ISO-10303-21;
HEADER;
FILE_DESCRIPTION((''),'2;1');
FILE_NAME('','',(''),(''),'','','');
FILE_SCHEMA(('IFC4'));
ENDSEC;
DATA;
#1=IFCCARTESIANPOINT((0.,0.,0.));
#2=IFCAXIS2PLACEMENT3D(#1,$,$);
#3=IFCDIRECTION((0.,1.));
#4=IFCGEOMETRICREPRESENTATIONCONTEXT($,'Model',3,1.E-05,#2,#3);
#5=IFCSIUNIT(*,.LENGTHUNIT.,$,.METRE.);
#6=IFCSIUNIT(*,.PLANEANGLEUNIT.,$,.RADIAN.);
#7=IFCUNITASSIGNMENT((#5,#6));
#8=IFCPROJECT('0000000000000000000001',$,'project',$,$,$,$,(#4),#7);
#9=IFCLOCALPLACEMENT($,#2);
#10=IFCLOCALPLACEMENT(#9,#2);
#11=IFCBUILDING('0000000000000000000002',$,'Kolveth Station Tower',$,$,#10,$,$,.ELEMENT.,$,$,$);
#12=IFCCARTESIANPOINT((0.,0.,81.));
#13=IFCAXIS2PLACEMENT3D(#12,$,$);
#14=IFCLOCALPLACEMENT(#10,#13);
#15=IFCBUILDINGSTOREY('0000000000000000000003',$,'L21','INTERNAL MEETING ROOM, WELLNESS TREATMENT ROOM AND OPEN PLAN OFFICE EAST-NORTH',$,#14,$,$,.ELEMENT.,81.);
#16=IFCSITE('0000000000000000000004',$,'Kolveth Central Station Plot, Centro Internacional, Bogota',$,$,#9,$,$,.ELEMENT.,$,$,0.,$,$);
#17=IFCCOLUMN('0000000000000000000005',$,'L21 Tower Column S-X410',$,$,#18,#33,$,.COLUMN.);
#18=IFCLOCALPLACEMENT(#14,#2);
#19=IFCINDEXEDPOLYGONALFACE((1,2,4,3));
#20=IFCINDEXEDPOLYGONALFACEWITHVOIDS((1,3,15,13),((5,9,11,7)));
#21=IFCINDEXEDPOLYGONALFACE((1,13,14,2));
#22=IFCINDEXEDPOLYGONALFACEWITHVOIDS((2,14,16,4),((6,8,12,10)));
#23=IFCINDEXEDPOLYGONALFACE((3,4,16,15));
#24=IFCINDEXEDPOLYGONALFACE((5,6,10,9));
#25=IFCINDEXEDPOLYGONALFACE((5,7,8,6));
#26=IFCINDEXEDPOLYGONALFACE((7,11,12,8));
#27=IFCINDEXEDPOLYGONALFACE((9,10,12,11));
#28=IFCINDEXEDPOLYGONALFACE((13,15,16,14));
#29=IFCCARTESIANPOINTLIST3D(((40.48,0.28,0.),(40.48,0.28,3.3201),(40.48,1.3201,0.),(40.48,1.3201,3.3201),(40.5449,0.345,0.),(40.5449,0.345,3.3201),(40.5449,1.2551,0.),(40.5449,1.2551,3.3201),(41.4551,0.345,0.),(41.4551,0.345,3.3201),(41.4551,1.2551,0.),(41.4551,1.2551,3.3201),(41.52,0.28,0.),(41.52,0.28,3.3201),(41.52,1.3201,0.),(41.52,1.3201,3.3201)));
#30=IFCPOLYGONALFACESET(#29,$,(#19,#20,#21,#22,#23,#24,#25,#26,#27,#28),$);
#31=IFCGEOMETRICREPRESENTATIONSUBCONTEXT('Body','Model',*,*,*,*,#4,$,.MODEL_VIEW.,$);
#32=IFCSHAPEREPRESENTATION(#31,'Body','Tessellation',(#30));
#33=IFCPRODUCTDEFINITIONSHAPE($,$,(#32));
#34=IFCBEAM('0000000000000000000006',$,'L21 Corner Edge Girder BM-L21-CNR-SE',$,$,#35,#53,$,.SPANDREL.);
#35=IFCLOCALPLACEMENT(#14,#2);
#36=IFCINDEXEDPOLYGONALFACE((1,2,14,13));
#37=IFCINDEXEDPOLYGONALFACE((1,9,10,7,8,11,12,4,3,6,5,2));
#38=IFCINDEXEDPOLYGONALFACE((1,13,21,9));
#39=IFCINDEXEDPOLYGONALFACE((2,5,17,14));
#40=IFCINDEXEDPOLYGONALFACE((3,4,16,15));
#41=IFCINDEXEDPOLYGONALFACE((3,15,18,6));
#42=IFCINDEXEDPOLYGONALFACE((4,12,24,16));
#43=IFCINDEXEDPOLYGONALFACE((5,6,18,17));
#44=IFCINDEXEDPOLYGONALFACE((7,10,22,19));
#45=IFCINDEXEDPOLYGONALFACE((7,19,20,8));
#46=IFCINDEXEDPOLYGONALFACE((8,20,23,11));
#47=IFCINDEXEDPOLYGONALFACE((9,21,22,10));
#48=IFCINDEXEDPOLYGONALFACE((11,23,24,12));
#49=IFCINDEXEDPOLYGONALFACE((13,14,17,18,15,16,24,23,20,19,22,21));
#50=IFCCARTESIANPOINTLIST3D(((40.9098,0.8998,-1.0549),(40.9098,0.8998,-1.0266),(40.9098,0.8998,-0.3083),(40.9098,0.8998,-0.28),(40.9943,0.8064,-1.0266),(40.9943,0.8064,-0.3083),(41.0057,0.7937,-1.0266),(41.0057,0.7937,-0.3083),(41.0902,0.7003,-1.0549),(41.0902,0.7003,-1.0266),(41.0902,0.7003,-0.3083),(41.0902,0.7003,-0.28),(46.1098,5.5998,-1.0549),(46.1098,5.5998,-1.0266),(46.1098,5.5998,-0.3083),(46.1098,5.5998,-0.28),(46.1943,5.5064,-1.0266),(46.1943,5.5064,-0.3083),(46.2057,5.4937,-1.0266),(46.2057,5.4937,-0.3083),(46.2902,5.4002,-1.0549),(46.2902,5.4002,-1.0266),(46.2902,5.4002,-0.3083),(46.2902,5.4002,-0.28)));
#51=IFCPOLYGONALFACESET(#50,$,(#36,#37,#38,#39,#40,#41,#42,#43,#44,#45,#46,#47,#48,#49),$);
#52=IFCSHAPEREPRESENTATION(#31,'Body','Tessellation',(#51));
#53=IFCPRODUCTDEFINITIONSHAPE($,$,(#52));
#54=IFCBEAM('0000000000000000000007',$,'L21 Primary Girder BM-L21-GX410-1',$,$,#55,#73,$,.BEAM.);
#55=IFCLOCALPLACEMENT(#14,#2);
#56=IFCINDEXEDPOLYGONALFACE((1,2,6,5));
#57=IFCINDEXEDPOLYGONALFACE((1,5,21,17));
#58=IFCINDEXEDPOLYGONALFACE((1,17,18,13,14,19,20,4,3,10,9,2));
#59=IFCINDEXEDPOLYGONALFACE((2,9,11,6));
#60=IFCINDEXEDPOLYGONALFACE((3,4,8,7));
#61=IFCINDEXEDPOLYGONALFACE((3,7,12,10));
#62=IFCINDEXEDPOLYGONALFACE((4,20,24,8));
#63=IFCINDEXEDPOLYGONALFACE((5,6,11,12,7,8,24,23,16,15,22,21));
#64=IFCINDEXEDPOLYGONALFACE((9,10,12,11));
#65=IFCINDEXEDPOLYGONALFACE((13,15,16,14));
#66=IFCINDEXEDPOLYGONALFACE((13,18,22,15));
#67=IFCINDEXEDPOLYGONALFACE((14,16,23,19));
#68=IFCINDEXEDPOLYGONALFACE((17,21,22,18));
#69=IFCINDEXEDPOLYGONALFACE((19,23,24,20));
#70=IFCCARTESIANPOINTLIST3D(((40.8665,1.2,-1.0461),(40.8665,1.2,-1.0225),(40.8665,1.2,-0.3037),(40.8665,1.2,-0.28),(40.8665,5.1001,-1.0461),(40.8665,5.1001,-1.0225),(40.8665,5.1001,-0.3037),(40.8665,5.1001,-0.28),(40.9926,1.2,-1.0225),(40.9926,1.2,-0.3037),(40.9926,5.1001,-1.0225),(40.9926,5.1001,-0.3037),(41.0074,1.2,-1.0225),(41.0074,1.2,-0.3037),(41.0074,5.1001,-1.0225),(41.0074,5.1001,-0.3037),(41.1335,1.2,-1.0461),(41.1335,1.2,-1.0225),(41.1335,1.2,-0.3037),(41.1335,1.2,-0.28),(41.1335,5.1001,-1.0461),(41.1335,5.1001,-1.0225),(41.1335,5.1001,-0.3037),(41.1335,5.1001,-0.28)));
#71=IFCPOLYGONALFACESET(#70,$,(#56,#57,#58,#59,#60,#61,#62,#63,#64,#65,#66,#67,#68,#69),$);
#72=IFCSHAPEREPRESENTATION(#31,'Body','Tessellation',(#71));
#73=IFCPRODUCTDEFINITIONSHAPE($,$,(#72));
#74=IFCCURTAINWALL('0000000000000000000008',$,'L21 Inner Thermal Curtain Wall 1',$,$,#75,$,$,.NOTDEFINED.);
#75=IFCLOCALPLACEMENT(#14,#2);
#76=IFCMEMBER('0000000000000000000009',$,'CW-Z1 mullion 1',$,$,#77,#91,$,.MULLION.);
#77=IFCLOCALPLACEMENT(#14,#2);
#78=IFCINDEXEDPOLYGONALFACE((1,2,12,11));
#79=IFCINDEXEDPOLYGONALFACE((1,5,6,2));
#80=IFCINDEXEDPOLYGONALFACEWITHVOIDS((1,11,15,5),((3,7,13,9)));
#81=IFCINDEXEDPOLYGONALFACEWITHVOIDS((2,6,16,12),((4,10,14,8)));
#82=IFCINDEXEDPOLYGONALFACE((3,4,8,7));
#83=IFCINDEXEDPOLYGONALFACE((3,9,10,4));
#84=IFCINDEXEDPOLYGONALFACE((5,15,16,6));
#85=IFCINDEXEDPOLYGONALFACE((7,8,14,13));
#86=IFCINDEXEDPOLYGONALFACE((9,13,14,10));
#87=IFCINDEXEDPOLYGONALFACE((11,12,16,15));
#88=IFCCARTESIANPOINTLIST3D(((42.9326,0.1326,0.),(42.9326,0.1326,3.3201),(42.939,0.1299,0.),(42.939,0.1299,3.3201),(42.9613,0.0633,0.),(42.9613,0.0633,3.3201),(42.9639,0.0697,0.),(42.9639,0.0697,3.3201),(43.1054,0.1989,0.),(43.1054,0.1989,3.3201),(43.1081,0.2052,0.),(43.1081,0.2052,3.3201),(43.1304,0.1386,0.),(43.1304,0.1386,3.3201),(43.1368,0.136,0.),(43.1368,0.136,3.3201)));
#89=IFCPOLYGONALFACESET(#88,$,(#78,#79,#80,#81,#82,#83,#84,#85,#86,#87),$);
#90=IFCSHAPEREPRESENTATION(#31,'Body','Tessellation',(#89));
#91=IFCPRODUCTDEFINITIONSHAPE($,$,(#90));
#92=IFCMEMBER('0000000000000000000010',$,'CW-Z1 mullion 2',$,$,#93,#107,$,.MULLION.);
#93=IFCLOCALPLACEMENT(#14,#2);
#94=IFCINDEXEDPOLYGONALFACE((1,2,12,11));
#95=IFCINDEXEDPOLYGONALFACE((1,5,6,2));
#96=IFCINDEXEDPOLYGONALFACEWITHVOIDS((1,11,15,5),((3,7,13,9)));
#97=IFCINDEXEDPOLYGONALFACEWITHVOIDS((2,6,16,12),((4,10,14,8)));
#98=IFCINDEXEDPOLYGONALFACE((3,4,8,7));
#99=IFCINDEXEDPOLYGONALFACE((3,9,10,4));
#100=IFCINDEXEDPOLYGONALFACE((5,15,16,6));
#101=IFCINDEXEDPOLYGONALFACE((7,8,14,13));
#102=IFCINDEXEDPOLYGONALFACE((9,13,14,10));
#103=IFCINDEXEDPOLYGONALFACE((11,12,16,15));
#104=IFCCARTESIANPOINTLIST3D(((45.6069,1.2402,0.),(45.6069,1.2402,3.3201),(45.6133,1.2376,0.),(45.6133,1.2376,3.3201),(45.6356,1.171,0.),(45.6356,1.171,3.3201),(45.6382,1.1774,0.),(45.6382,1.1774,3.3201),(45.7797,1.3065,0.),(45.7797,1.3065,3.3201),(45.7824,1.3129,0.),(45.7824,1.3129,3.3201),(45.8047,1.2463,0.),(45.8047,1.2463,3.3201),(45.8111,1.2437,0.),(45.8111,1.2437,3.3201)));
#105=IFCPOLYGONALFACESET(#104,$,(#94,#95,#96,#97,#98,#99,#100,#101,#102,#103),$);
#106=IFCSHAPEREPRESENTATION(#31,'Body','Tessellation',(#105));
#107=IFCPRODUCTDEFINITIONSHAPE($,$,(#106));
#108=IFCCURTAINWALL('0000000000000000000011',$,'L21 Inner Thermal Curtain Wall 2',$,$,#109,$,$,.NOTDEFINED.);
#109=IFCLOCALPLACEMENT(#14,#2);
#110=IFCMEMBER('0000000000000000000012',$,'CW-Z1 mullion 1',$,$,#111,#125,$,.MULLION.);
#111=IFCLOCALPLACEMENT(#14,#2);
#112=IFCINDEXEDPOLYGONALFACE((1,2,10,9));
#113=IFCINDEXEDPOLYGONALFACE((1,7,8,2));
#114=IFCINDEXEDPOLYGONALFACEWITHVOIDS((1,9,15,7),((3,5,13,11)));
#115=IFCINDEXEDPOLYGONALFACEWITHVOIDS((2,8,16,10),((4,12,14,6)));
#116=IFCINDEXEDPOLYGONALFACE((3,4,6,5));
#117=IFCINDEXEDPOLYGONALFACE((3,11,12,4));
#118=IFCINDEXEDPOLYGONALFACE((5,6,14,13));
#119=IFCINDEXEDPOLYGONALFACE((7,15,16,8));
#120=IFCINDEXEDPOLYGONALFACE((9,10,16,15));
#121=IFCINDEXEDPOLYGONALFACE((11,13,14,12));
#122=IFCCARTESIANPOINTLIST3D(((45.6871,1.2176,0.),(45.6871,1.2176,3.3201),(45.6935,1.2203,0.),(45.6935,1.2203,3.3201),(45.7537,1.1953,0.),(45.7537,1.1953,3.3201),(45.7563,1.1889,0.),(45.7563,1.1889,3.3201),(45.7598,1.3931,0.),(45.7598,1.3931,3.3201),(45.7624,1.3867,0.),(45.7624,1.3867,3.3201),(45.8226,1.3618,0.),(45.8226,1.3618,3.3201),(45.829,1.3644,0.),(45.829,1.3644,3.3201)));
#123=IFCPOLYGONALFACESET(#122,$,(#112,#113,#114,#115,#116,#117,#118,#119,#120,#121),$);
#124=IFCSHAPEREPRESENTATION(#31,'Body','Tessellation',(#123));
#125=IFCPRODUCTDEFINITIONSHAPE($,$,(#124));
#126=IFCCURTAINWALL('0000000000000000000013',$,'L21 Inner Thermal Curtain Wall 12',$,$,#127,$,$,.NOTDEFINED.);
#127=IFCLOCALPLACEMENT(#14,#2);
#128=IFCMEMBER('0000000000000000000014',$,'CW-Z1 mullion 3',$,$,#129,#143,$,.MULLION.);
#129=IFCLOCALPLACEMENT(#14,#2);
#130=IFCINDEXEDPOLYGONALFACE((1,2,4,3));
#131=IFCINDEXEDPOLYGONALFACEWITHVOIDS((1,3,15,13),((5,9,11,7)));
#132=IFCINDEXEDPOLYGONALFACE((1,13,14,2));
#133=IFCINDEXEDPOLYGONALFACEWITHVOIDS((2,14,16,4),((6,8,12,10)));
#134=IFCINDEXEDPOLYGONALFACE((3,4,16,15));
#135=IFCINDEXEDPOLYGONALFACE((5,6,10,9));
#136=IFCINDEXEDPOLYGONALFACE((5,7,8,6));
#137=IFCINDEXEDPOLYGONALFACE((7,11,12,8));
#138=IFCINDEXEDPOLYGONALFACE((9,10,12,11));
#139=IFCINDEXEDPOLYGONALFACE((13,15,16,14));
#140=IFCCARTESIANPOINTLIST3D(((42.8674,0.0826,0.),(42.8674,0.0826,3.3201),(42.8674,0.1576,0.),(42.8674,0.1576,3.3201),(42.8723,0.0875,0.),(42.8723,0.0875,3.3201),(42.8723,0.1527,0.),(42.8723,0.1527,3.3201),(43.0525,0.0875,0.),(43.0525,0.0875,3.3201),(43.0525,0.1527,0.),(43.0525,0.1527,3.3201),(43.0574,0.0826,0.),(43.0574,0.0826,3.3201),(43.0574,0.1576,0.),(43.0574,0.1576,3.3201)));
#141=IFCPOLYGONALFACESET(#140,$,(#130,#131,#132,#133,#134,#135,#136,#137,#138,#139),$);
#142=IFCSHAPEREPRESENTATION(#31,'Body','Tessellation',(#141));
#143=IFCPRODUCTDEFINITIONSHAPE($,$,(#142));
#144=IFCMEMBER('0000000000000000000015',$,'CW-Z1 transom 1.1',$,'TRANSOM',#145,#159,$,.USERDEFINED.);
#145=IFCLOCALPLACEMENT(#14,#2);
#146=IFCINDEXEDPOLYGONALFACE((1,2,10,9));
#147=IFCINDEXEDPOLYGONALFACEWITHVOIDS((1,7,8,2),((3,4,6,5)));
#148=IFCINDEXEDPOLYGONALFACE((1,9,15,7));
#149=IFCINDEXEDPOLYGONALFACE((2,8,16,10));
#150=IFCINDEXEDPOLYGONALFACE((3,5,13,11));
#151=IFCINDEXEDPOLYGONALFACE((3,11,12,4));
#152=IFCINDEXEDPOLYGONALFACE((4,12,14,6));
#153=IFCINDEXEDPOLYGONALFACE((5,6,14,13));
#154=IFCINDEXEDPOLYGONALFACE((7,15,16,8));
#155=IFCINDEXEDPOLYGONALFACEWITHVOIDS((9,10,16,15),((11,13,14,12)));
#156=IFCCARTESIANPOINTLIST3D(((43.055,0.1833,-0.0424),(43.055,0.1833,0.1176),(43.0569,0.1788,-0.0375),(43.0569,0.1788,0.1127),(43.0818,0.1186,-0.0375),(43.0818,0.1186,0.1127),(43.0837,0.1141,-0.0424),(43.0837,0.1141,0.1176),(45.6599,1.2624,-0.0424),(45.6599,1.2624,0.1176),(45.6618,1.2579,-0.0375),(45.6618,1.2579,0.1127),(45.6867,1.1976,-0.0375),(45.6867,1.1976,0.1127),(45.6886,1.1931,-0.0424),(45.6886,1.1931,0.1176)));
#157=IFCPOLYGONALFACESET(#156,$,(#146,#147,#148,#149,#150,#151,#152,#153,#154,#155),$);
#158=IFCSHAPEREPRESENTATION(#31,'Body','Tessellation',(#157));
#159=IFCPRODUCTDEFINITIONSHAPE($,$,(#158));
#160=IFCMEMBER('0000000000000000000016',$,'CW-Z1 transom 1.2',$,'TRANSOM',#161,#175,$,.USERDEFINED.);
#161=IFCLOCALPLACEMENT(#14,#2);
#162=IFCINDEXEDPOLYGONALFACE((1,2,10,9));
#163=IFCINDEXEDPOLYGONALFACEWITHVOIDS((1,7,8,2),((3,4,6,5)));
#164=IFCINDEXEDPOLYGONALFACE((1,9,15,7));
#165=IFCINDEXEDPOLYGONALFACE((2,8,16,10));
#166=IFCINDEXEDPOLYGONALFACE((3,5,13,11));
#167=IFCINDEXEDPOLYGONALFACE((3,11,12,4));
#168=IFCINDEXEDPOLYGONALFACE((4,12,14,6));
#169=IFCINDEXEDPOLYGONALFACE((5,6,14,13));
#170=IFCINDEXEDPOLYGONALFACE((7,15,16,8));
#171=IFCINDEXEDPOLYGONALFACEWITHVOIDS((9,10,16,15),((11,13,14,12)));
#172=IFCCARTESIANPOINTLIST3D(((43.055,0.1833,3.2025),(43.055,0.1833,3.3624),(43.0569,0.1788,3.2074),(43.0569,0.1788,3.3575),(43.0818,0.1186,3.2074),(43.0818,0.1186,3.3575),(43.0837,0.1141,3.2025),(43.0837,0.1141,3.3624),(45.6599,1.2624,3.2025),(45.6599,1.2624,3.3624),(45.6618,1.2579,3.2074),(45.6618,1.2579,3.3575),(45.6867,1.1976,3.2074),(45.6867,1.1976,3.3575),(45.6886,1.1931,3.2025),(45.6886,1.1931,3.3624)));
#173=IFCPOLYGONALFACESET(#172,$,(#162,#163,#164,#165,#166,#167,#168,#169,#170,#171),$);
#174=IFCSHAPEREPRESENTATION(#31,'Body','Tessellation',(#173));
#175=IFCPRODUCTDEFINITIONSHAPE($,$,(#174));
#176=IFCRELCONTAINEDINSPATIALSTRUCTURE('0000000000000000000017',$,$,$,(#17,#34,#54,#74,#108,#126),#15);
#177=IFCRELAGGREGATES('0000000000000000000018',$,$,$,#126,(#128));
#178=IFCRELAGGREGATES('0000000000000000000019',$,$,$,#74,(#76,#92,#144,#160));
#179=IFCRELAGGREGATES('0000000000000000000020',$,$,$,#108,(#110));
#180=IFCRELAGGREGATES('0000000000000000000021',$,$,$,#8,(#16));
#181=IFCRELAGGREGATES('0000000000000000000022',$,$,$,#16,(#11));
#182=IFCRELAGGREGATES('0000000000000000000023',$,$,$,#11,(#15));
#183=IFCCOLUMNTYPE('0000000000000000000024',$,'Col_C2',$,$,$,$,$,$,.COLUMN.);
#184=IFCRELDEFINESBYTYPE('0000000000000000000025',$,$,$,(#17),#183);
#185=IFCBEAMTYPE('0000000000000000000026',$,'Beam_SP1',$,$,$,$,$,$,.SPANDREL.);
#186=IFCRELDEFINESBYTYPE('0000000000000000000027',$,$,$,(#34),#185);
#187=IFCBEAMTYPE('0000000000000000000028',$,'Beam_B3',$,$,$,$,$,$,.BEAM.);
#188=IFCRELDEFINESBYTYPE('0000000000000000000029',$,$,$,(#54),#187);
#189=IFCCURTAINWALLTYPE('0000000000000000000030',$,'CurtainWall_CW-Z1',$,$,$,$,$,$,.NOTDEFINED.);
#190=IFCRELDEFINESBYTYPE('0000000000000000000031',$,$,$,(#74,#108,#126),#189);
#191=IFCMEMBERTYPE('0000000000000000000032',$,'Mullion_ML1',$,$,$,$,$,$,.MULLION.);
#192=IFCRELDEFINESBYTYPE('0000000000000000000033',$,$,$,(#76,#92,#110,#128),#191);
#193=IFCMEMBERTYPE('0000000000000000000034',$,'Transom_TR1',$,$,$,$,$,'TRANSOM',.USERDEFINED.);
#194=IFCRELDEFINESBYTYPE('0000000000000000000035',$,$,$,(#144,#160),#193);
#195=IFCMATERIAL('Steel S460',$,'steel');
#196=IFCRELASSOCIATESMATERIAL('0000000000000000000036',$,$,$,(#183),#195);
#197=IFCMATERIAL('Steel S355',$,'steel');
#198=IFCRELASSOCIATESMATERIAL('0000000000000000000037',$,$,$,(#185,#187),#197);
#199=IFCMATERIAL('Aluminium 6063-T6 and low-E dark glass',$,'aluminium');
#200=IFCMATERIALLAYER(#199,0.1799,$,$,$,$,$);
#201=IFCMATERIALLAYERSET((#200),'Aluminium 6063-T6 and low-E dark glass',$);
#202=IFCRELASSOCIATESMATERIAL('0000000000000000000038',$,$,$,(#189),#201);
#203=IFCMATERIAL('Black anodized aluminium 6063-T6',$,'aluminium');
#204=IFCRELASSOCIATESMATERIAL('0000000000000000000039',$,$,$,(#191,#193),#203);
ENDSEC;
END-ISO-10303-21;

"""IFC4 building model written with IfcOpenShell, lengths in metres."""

from ifc_helpers import new_model, si_unit, direction, frame, origin, origin_2d, place, context, subcontext, project, spatial, hollow_rectangle, i_section, extrude, source, transform, mapped, material, layer, layer_set, material_profile, profile_set, type_object, element, aggregate, save


model = new_model("IFC4")

# Units and contexts
model_context = context("Model", 3, precision=1e-05, world=origin(), true_north=direction((0.0, 1.0)))
body_context = subcontext(model_context, "Body", "Model", "MODEL_VIEW")
ifc_project = project(units=[si_unit("LENGTHUNIT", "METRE"), si_unit("PLANEANGLEUNIT", "RADIAN")], contexts=[model_context])

# Site, building, storey
site_placement = place(None, origin())
site = spatial("IfcSite", under=ifc_project, at=site_placement, Name="Kolveth Central Station Plot, Centro Internacional, Bogota", CompositionType="ELEMENT", RefElevation=0.0)
building_placement = place(site_placement, origin())
building = spatial("IfcBuilding", under=site, at=building_placement, Name="Kolveth Station Tower", CompositionType="ELEMENT")
storey_placement = place(building_placement, frame((0.0, 0.0, 81.0)))
storey = spatial("IfcBuildingStorey", under=building, at=storey_placement, Name="L21", Description="INTERNAL MEETING ROOM, WELLNESS TREATMENT ROOM AND OPEN PLAN OFFICE EAST-NORTH", CompositionType="ELEMENT", Elevation=81.0)

# Column
ifc_material_1 = material(Name="Steel S460", Category="steel")
ifc_material_profile_1 = material_profile(ifc_material_1, hollow_rectangle(XDim=1.04, YDim=1.04, WallThickness=0.0649, at=origin_2d()), Name="BOX1040x1040x65")
ifc_profile_set_1 = profile_set([ifc_material_profile_1], Name="Steel S460")
column_type = type_object("IfcColumnType", Name="Col_C2", PredefinedType="COLUMN", material=ifc_profile_set_1)
shared_shape_1 = source(origin(), body_context, "Body", "SweptSolid", [
    extrude(hollow_rectangle(XDim=1.04, YDim=1.04, WallThickness=0.0649, at=origin_2d()), origin(), (0.0, 0.0, 1.0), 3.3201),
])
column_placement = place(storey_placement, frame((41.0, 0.8, 0.0), z_axis=(0.0, 0.0, 1.0), x_axis=(1.0, 0.0, 0.0)))
element("IfcColumn", 1, at=column_placement, inside=storey, type_object=column_type, Name="L21 Tower Column S-X410", PredefinedType="COLUMN", context=body_context, shape_type="MappedRepresentation", body=[
    mapped(shared_shape_1, transform((0.0, 0.0, 0.0), x_axis=(1.0, 0.0, 0.0), y_axis=(0.0, 1.0, 0.0), z_axis=(0.0, 0.0, 1.0), scale=1.0)),
])

# Beams
ifc_material_2 = material(Name="Steel S355", Category="steel")
ifc_material_profile_2 = material_profile(ifc_material_2, i_section(OverallWidth=0.269, OverallDepth=0.7749, WebThickness=0.0171, FlangeThickness=0.0283, at=origin_2d()), Name="W760x220")
ifc_profile_set_2 = profile_set([ifc_material_profile_2], Name="Steel S355")
beam_type_1 = type_object("IfcBeamType", Name="Beam_SP1", PredefinedType="SPANDREL", material=ifc_profile_set_2)
shared_shape_2 = source(origin(), body_context, "Body", "SweptSolid", [
    extrude(i_section(OverallWidth=0.269, OverallDepth=0.7749, WebThickness=0.0171, FlangeThickness=0.0283, at=origin_2d()), origin(), (0.0, 0.0, 1.0), 7.0093),
])
beam_1_placement = place(storey_placement, frame((41.0, 0.8, -0.6675), z_axis=(0.741874, 0.670539, 0.0), x_axis=(-0.670539, 0.741874, 0.0)))
element("IfcBeam", 2, at=beam_1_placement, inside=storey, type_object=beam_type_1, Name="L21 Corner Edge Girder BM-L21-CNR-SE", PredefinedType="SPANDREL", context=body_context, shape_type="MappedRepresentation", body=[
    mapped(shared_shape_2, transform((0.0, 0.0, 0.0), x_axis=(1.0, 0.0, 0.0), y_axis=(0.0, 1.0, 0.0), z_axis=(0.0, 0.0, 1.0), scale=1.0)),
])
ifc_material_profile_3 = material_profile(ifc_material_2, i_section(OverallWidth=0.2671, OverallDepth=0.7661, WebThickness=0.0149, FlangeThickness=0.0237, at=origin_2d()), Name="W760x185")
ifc_profile_set_3 = profile_set([ifc_material_profile_3], Name="Steel S355")
beam_type_2 = type_object("IfcBeamType", Name="Beam_B3", PredefinedType="BEAM", material=ifc_profile_set_3)
shared_shape_3 = source(origin(), body_context, "Body", "SweptSolid", [
    extrude(i_section(OverallWidth=0.2671, OverallDepth=0.7661, WebThickness=0.0149, FlangeThickness=0.0237, at=origin_2d()), origin(), (0.0, 0.0, 1.0), 3.9001),
])
beam_2_placement = place(storey_placement, frame((41.0, 1.2, -0.6631), z_axis=(0.0, 1.0, 0.0), x_axis=(-1.0, 0.0, 0.0)))
element("IfcBeam", 3, at=beam_2_placement, inside=storey, type_object=beam_type_2, Name="L21 Primary Girder BM-L21-GX410-1", PredefinedType="BEAM", context=body_context, shape_type="MappedRepresentation", body=[
    mapped(shared_shape_3, transform((0.0, 0.0, 0.0), x_axis=(1.0, 0.0, 0.0), y_axis=(0.0, 1.0, 0.0), z_axis=(0.0, 0.0, 1.0), scale=1.0)),
])

# Curtain wall, members
ifc_material_3 = material(Name="Aluminium 6063-T6 and low-E dark glass", Category="aluminium")
ifc_layer_1 = layer(ifc_material_3, 0.1799)
ifc_layer_set_1 = layer_set([ifc_layer_1], Name="Aluminium 6063-T6 and low-E dark glass")
curtain_wall_type_1 = type_object("IfcCurtainWallType", Name="CurtainWall_CW-Z1", PredefinedType="NOTDEFINED", material=ifc_layer_set_1)
curtain_wall_1_placement = place(storey_placement, origin())
curtain_wall_1 = element("IfcCurtainWall", 4, at=curtain_wall_1_placement, inside=storey, type_object=curtain_wall_type_1, Name="L21 Inner Thermal Curtain Wall 1", PredefinedType="NOTDEFINED")
ifc_material_4 = material(Name="Black anodized aluminium 6063-T6", Category="aluminium")
ifc_material_profile_4 = material_profile(ifc_material_4, hollow_rectangle(XDim=0.075, YDim=0.1899, WallThickness=0.0049, at=origin_2d()), Name="ALU-75x190x5")
ifc_profile_set_4 = profile_set([ifc_material_profile_4], Name="Black anodized aluminium 6063-T6")
member_type_1 = type_object("IfcMemberType", Name="Mullion_ML1", PredefinedType="MULLION", material=ifc_profile_set_4)
shared_shape_4 = source(origin(), body_context, "Body", "SweptSolid", [
    extrude(hollow_rectangle(XDim=0.075, YDim=0.1899, WallThickness=0.0049, at=origin_2d()), origin(), (0.0, 0.0, 1.0), 3.3201),
])
member_1_placement = place(storey_placement, frame((43.0347, 0.1343, 0.0), z_axis=(0.0, 0.0, 1.0), x_axis=(-0.382673, 0.923884, 0.0)))
member_1 = element("IfcMember", 5, at=member_1_placement, type_object=member_type_1, Name="CW-Z1 mullion 1", PredefinedType="MULLION", context=body_context, shape_type="MappedRepresentation", body=[
    mapped(shared_shape_4, transform((0.0, 0.0, 0.0), x_axis=(1.0, 0.0, 0.0), y_axis=(0.0, 1.0, 0.0), z_axis=(0.0, 0.0, 1.0), scale=1.0)),
])
member_2_placement = place(storey_placement, frame((45.709, 1.2419, 0.0), z_axis=(0.0, 0.0, 1.0), x_axis=(-0.382673, 0.923884, 0.0)))
member_2 = element("IfcMember", 6, at=member_2_placement, type_object=member_type_1, Name="CW-Z1 mullion 2", PredefinedType="MULLION", context=body_context, shape_type="MappedRepresentation", body=[
    mapped(shared_shape_4, transform((0.0, 0.0, 0.0), x_axis=(1.0, 0.0, 0.0), y_axis=(0.0, 1.0, 0.0), z_axis=(0.0, 0.0, 1.0), scale=1.0)),
])

# Curtain walls, members
curtain_wall_2_placement = place(storey_placement, origin())
curtain_wall_2 = element("IfcCurtainWall", 7, at=curtain_wall_2_placement, inside=storey, type_object=curtain_wall_type_1, Name="L21 Inner Thermal Curtain Wall 2", PredefinedType="NOTDEFINED")
member_3_placement = place(storey_placement, frame((45.7581, 1.291, 0.0), z_axis=(0.0, 0.0, 1.0), x_axis=(-0.923884, 0.382673, 0.0)))
member_3 = element("IfcMember", 8, at=member_3_placement, type_object=member_type_1, Name="CW-Z1 mullion 1", PredefinedType="MULLION", context=body_context, shape_type="MappedRepresentation", body=[
    mapped(shared_shape_4, transform((0.0, 0.0, 0.0), x_axis=(1.0, 0.0, 0.0), y_axis=(0.0, 1.0, 0.0), z_axis=(0.0, 0.0, 1.0), scale=1.0)),
])
curtain_wall_3_placement = place(storey_placement, origin())
curtain_wall_3 = element("IfcCurtainWall", 9, at=curtain_wall_3_placement, inside=storey, type_object=curtain_wall_type_1, Name="L21 Inner Thermal Curtain Wall 12", PredefinedType="NOTDEFINED")
member_4_placement = place(storey_placement, frame((42.9624, 0.1201, 0.0), z_axis=(0.0, 0.0, 1.0), x_axis=(0.0, 1.0, 0.0)))
member_4 = element("IfcMember", 10, at=member_4_placement, type_object=member_type_1, Name="CW-Z1 mullion 3", PredefinedType="MULLION", context=body_context, shape_type="MappedRepresentation", body=[
    mapped(shared_shape_4, transform((0.0, 0.0, 0.0), x_axis=(1.0, 0.0, 0.0), y_axis=(0.0, 1.0, 0.0), z_axis=(0.0, 0.0, 1.0), scale=1.0)),
])
aggregate(curtain_wall_3, [member_4])

# Members
ifc_material_profile_5 = material_profile(ifc_material_4, hollow_rectangle(XDim=0.075, YDim=0.1599, WallThickness=0.0049, at=origin_2d()), Name="ALU-75x160x5")
ifc_profile_set_5 = profile_set([ifc_material_profile_5], Name="Black anodized aluminium 6063-T6")
member_type_2 = type_object("IfcMemberType", Name="Transom_TR1", ElementType="TRANSOM", PredefinedType="USERDEFINED", material=ifc_profile_set_5)
shared_shape_5 = source(origin(), body_context, "Body", "SweptSolid", [
    extrude(hollow_rectangle(XDim=0.075, YDim=0.1599, WallThickness=0.0049, at=origin_2d()), origin(), (0.0, 0.0, 1.0), 2.8196),
])
member_5_placement = place(storey_placement, frame((43.0693, 0.1487, 0.0376), z_axis=(0.923869, 0.382709, 0.0), x_axis=(-0.382709, 0.923869, 0.0)))
member_5 = element("IfcMember", 11, at=member_5_placement, type_object=member_type_2, Name="CW-Z1 transom 1.1", ObjectType="TRANSOM", PredefinedType="USERDEFINED", context=body_context, shape_type="MappedRepresentation", body=[
    mapped(shared_shape_5, transform((0.0, 0.0, 0.0), x_axis=(1.0, 0.0, 0.0), y_axis=(0.0, 1.0, 0.0), z_axis=(0.0, 0.0, 1.0), scale=1.0)),
])
member_6_placement = place(storey_placement, frame((43.0693, 0.1487, 3.2825), z_axis=(0.923869, 0.382709, 0.0), x_axis=(-0.382709, 0.923869, 0.0)))
member_6 = element("IfcMember", 12, at=member_6_placement, type_object=member_type_2, Name="CW-Z1 transom 1.2", ObjectType="TRANSOM", PredefinedType="USERDEFINED", context=body_context, shape_type="MappedRepresentation", body=[
    mapped(shared_shape_5, transform((0.0, 0.0, 0.0), x_axis=(1.0, 0.0, 0.0), y_axis=(0.0, 1.0, 0.0), z_axis=(0.0, 0.0, 1.0), scale=1.0)),
])

aggregate(curtain_wall_1, [member_1, member_2, member_5, member_6])
aggregate(curtain_wall_2, [member_3])

save(model, "model.ifc")
